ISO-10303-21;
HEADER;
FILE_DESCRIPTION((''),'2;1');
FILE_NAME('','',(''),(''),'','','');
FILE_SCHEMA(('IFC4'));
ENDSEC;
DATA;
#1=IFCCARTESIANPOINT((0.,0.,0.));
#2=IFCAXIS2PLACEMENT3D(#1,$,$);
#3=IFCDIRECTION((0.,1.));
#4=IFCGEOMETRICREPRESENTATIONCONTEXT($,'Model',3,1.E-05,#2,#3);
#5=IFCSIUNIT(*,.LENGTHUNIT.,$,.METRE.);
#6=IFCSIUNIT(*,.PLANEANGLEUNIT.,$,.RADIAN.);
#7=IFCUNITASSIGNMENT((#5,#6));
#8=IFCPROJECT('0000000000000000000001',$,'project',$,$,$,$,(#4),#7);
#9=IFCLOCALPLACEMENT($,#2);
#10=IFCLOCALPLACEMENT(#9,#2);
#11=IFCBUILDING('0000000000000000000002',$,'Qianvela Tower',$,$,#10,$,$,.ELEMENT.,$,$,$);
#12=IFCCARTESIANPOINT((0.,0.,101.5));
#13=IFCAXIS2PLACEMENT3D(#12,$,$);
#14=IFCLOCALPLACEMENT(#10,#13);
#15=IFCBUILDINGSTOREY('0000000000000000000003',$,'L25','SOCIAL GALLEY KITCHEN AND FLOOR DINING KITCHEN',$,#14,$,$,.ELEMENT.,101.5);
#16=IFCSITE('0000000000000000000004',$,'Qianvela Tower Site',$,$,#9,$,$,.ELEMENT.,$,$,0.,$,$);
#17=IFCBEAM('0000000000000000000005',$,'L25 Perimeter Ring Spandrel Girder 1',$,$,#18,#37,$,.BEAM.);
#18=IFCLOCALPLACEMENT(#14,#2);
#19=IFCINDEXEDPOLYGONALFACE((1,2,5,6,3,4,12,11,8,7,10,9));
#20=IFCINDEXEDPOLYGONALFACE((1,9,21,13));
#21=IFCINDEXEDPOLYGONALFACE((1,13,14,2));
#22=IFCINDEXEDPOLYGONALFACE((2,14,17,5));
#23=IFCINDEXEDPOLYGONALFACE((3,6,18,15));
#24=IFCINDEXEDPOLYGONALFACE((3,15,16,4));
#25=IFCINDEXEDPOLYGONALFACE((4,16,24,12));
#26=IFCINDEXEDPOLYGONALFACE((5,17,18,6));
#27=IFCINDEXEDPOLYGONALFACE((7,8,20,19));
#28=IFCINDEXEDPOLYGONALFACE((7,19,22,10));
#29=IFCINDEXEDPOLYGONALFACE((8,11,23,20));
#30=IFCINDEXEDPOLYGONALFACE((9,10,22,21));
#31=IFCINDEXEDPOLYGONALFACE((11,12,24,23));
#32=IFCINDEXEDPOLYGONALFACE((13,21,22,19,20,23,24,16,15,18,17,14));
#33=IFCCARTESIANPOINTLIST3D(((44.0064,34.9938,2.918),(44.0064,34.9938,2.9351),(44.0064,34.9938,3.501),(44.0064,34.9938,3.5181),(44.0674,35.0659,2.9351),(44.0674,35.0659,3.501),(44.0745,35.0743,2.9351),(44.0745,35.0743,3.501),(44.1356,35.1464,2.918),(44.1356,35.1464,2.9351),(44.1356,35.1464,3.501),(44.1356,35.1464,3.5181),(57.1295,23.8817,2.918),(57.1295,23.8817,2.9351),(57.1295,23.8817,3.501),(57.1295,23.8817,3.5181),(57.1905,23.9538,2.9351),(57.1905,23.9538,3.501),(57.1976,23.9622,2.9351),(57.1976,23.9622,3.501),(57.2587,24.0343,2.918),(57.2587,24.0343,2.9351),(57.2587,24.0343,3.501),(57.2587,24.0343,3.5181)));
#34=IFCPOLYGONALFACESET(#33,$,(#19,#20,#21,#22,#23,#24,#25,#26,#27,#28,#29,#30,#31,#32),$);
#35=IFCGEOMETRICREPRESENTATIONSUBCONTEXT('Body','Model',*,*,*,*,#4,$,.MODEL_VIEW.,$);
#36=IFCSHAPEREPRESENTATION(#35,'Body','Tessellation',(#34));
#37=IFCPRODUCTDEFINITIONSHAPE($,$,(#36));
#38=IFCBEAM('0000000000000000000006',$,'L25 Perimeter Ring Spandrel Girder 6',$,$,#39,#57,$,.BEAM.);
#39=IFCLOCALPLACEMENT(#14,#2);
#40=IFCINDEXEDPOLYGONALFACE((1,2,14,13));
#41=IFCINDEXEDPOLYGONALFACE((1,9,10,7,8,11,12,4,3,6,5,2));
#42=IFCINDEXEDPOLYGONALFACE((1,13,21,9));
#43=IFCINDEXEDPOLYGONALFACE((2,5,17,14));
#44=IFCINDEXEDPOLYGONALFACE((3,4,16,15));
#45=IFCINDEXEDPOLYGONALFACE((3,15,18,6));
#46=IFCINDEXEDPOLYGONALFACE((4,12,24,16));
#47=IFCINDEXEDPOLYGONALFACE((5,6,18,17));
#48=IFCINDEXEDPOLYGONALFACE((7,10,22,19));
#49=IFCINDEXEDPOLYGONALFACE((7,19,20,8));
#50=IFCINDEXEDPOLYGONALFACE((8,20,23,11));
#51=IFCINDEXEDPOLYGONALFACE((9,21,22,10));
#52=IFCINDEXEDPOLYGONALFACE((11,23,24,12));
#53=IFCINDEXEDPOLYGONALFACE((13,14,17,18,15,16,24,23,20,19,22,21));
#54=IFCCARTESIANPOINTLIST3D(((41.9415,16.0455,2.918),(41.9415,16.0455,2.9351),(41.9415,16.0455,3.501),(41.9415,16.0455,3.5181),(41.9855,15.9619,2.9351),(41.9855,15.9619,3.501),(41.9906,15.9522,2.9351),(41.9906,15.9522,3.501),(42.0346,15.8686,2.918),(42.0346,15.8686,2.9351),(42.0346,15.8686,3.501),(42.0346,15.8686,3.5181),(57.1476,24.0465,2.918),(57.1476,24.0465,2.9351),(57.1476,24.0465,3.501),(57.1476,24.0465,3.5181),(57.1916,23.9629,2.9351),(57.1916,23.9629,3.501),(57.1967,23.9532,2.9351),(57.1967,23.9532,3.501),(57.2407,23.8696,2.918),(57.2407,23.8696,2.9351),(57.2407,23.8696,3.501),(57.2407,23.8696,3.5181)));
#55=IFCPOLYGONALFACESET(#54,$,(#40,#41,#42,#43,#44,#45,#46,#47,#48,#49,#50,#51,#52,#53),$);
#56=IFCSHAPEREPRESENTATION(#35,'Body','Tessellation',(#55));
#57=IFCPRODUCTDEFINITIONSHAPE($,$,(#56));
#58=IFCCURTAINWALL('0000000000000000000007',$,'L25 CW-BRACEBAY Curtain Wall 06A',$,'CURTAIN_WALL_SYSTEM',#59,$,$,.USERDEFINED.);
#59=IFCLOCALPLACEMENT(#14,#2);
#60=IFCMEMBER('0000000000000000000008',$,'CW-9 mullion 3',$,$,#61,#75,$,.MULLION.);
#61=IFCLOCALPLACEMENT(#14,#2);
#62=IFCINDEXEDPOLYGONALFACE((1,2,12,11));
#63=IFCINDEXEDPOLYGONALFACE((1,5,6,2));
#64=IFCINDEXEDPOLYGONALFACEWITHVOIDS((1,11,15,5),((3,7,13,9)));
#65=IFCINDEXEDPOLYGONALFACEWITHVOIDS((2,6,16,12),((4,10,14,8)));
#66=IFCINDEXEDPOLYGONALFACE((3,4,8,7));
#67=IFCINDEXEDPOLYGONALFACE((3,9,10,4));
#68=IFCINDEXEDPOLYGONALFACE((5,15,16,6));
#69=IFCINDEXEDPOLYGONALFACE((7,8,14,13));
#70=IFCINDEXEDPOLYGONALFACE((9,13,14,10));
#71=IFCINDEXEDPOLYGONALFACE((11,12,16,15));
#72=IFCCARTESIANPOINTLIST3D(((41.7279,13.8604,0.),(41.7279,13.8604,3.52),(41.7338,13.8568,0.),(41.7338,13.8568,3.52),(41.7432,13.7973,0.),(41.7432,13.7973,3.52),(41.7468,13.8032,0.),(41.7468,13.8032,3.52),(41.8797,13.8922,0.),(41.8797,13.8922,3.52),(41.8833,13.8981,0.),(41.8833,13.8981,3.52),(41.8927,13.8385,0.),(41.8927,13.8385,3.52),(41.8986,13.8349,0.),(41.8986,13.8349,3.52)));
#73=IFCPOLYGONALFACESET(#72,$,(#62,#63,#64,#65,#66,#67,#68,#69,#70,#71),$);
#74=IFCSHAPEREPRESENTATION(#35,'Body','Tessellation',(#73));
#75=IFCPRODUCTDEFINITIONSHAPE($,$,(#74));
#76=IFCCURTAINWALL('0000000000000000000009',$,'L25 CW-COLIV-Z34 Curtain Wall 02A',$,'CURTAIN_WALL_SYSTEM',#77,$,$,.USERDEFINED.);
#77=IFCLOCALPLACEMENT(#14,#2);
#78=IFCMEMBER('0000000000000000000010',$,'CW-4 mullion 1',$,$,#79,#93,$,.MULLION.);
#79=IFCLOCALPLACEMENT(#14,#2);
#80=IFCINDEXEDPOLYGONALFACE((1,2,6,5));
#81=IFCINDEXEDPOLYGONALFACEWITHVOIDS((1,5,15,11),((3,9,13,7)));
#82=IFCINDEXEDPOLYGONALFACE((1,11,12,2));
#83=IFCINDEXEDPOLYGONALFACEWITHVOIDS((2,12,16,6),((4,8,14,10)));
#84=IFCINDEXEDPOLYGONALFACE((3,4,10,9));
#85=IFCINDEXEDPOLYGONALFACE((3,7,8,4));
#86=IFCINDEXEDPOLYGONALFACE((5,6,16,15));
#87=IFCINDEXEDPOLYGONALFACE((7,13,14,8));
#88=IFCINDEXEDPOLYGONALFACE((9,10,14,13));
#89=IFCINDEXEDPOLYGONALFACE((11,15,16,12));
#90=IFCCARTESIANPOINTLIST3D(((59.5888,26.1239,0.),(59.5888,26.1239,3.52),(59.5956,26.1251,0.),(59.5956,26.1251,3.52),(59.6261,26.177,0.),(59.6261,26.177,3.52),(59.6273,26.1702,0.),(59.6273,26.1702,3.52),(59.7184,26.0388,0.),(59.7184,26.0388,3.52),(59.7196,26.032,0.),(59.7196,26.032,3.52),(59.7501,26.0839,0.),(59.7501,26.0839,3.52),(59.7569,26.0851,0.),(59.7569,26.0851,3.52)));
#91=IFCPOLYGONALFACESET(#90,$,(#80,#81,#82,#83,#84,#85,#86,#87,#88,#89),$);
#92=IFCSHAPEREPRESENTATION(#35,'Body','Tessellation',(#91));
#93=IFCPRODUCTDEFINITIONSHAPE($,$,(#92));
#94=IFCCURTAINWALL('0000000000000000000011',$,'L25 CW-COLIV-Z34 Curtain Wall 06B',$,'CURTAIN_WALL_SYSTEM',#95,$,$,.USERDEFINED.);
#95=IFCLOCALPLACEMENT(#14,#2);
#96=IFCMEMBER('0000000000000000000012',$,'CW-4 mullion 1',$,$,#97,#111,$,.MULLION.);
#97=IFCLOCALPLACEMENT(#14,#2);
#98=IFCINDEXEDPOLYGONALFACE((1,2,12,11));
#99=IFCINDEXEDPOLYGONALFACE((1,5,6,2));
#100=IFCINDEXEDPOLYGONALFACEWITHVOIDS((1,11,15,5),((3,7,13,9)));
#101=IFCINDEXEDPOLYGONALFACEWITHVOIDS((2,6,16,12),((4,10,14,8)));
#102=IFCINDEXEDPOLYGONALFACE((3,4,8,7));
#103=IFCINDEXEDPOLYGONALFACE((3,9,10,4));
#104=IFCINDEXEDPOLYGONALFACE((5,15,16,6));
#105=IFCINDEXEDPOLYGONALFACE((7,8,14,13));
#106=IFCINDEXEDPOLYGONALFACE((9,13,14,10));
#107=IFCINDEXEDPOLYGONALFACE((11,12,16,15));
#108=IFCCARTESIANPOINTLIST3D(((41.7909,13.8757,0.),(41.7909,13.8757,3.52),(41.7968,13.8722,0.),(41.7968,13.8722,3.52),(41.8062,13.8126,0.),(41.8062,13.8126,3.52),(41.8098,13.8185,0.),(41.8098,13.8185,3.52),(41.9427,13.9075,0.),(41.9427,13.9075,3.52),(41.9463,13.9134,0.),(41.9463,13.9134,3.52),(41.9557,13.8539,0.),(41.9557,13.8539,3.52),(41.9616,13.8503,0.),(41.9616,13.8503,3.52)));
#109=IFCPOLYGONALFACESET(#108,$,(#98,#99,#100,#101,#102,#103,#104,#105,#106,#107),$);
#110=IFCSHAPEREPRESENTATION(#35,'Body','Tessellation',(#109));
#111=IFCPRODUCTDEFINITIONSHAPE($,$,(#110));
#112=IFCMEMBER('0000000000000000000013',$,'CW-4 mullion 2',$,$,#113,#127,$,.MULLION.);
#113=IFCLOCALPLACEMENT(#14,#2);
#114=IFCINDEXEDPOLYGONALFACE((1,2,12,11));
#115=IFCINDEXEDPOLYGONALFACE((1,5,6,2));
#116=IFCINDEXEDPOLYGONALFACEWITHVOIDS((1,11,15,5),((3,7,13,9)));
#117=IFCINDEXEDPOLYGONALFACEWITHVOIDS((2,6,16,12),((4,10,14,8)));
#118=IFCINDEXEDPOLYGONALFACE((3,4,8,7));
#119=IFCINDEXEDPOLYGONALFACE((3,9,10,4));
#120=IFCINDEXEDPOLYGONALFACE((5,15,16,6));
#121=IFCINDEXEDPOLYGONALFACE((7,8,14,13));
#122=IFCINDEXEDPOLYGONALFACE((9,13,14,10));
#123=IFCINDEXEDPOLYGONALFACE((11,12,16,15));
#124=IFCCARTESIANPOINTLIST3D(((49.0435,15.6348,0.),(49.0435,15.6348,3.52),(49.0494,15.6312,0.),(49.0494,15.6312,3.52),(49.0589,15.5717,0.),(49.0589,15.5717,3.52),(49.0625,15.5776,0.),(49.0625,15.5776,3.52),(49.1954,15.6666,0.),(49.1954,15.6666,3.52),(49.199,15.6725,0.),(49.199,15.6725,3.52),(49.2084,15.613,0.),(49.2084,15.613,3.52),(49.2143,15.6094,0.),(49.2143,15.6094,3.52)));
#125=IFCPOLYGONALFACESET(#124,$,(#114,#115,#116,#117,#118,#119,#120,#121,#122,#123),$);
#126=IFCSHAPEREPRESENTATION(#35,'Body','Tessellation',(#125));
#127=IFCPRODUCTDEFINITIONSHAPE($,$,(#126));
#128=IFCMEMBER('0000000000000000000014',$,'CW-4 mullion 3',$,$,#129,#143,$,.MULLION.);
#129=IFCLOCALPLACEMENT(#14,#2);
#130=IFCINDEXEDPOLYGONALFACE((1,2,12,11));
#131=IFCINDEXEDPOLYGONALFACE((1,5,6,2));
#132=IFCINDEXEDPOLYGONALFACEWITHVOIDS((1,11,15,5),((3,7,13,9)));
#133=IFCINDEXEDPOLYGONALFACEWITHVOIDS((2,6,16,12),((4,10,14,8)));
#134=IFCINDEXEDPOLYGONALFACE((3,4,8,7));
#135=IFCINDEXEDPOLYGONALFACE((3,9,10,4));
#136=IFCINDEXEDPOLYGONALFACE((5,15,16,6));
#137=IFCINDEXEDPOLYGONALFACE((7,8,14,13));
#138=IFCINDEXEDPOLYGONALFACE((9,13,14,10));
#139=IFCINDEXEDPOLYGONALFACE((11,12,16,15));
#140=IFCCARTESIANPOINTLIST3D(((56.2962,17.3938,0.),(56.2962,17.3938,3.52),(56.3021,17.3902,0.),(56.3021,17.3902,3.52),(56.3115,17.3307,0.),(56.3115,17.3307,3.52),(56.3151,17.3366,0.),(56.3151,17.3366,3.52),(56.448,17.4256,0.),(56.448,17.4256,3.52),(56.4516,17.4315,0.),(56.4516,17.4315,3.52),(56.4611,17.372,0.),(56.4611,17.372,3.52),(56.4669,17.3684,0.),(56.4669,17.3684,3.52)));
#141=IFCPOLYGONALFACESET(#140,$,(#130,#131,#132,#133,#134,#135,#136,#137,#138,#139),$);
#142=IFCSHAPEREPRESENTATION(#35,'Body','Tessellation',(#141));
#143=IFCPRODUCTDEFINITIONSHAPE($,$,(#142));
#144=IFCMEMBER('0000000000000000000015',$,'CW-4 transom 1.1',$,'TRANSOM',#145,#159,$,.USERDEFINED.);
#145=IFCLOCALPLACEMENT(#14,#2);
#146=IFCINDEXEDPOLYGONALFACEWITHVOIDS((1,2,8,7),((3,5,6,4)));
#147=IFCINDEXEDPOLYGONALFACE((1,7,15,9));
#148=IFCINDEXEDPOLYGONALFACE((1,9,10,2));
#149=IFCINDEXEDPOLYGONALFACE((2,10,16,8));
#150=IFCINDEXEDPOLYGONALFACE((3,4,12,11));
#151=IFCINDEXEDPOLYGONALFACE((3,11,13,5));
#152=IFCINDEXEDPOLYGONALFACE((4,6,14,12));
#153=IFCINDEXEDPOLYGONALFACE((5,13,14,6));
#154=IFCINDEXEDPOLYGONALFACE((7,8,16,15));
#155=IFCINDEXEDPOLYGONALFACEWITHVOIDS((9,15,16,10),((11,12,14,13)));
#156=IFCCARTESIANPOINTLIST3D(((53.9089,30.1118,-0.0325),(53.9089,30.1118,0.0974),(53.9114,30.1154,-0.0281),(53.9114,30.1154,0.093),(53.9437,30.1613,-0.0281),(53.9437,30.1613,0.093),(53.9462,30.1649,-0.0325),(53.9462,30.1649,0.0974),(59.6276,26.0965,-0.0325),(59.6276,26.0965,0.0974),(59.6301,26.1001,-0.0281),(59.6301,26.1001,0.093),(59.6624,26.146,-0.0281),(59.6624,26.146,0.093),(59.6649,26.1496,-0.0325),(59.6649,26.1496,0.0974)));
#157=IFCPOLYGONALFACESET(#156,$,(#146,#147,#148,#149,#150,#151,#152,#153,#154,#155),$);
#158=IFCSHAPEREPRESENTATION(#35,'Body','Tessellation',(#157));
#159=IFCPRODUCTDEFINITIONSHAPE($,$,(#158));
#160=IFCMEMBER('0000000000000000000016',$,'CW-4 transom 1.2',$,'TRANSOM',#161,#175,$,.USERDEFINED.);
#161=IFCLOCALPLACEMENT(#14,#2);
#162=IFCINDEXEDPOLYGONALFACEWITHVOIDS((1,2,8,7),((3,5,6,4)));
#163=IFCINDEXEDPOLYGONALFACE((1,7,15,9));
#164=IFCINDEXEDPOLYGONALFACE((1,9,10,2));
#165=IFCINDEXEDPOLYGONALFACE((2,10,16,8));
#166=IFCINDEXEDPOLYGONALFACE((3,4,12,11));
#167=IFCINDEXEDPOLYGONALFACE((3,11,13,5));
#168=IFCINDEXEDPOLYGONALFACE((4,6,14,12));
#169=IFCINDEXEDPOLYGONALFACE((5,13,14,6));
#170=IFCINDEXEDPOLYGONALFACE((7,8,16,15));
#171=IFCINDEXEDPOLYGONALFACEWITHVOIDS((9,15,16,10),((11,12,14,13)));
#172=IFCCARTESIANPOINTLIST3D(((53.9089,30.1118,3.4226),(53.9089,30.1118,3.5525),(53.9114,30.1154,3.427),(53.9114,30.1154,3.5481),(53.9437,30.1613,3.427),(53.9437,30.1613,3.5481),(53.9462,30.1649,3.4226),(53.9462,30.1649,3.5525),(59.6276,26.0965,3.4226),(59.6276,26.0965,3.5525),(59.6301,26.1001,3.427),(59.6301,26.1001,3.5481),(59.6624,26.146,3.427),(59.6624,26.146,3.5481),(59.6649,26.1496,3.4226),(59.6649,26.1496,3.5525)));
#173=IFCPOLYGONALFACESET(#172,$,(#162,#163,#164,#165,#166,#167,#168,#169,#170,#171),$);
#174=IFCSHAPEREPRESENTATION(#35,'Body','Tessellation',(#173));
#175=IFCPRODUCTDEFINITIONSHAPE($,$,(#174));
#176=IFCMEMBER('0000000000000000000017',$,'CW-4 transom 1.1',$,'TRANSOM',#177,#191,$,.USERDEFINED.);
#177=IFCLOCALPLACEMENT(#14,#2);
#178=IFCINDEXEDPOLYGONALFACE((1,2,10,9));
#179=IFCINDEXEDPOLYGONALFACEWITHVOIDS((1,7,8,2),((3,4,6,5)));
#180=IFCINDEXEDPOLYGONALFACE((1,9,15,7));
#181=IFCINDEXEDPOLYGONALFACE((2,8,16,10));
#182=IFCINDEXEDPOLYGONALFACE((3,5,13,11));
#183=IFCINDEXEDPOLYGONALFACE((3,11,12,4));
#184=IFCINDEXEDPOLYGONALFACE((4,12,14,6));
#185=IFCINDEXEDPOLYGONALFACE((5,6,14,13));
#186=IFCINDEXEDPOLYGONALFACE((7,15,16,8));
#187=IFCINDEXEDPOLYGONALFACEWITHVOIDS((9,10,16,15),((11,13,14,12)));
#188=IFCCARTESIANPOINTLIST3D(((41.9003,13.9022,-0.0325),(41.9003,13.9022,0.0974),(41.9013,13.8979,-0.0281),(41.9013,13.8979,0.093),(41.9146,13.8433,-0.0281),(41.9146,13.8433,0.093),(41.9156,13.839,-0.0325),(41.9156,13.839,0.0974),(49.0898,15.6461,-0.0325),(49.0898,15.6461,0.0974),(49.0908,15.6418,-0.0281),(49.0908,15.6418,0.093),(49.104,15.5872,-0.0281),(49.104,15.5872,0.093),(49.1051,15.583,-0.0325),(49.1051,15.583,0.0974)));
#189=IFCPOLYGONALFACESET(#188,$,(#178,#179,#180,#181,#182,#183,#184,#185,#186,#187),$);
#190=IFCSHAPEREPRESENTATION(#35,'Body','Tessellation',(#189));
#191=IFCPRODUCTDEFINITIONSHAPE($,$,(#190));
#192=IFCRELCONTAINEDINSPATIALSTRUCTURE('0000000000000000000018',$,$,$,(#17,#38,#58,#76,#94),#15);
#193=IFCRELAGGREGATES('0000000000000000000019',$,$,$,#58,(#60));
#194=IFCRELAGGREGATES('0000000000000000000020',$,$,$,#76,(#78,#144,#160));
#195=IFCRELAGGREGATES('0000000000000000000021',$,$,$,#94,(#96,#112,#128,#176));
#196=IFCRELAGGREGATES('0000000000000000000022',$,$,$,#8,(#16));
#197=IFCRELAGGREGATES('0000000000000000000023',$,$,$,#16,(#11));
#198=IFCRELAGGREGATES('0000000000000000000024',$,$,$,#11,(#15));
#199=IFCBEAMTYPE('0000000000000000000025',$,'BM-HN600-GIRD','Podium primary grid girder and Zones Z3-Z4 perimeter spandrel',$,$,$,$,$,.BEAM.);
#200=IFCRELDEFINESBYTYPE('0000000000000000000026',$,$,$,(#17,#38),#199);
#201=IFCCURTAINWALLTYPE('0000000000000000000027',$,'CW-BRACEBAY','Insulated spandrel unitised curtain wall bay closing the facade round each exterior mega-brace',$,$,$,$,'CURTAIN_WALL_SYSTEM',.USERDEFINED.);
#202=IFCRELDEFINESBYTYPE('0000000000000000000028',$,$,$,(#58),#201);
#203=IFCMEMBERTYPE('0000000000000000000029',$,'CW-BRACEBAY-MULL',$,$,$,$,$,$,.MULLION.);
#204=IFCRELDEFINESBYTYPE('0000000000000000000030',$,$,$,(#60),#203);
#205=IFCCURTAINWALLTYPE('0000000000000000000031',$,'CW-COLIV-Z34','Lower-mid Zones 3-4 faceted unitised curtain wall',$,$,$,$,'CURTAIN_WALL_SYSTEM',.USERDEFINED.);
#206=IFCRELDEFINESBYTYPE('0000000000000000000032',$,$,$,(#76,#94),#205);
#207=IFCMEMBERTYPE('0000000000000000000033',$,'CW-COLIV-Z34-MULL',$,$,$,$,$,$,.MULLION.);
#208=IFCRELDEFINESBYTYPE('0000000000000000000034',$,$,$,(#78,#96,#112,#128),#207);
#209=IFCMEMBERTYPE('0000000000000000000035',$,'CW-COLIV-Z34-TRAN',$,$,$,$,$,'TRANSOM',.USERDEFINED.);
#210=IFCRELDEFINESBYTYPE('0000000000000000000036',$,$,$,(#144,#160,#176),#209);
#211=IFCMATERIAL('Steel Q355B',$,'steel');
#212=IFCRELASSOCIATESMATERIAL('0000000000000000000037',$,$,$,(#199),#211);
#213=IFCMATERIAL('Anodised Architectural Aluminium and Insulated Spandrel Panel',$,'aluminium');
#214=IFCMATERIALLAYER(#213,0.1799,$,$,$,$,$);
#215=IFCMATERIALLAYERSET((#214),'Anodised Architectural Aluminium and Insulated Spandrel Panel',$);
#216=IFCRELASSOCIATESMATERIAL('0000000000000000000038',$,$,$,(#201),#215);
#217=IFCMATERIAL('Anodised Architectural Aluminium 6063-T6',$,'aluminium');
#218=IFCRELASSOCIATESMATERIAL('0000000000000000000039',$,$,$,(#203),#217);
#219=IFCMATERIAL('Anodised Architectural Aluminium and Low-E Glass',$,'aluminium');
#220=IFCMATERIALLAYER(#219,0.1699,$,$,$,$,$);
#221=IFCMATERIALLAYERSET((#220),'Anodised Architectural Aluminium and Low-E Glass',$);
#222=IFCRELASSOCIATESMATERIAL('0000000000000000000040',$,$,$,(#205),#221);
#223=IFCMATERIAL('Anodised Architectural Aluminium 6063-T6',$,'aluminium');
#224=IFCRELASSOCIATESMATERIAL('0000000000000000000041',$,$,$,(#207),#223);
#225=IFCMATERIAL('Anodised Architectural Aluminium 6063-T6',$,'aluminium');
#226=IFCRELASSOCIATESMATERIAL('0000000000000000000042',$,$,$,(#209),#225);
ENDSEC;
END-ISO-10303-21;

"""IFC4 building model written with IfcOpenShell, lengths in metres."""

from ifc_helpers import new_model, si_unit, direction, frame, origin, origin_2d, place, context, subcontext, project, spatial, hollow_rectangle, i_section, extrude, material, layer, layer_set, material_profile, profile_set, type_object, element, aggregate, save


model = new_model("IFC4")

# Units and contexts
model_context = context("Model", 3, precision=1e-05, world=origin(), true_north=direction((0.0, 1.0)))
body_context = subcontext(model_context, "Body", "Model", "MODEL_VIEW")
ifc_project = project(units=[si_unit("LENGTHUNIT", "METRE"), si_unit("PLANEANGLEUNIT", "RADIAN")], contexts=[model_context])

# Site, building, storey
site_placement = place(None, origin())
site = spatial("IfcSite", under=ifc_project, at=site_placement, Name="Qianvela Tower Site", CompositionType="ELEMENT", RefElevation=0.0)
building_placement = place(site_placement, origin())
building = spatial("IfcBuilding", under=site, at=building_placement, Name="Qianvela Tower", CompositionType="ELEMENT")
storey_placement = place(building_placement, frame((0.0, 0.0, 101.5)))
storey = spatial("IfcBuildingStorey", under=building, at=storey_placement, Name="L25", Description="SOCIAL GALLEY KITCHEN AND FLOOR DINING KITCHEN", CompositionType="ELEMENT", Elevation=101.5)

# Beams
ifc_material_1 = material(Name="Steel Q355B", Category="steel")
ifc_material_profile_1 = material_profile(ifc_material_1, i_section(OverallWidth=0.2, OverallDepth=0.6001, WebThickness=0.011, FlangeThickness=0.0171, at=origin_2d()), Name="HN600x200x11x17")
ifc_profile_set_1 = profile_set([ifc_material_profile_1], Name="Steel Q355B")
beam_type = type_object("IfcBeamType", Name="BM-HN600-GIRD", Description="Podium primary grid girder and Zones Z3-Z4 perimeter spandrel", PredefinedType="BEAM", material=ifc_profile_set_1)
beam_1_placement = place(storey_placement, frame((57.1941, 23.958, 3.218), z_axis=(-0.763158, 0.646211, 0.0), x_axis=(-0.646211, -0.763158, 0.0)))
element("IfcBeam", 1, at=beam_1_placement, inside=storey, type_object=beam_type, Name="L25 Perimeter Ring Spandrel Girder 1", PredefinedType="BEAM", context=body_context, shape_type="SweptSolid", body=[
    extrude(i_section(OverallWidth=0.2, OverallDepth=0.6001, WebThickness=0.011, FlangeThickness=0.0171, at=origin_2d()), origin(), (0.0, 0.0, 1.0), 17.1958),
])
beam_2_placement = place(storey_placement, frame((41.988, 15.957, 3.218), z_axis=(0.884971, 0.465646, 0.0), x_axis=(-0.465646, 0.884971, 0.0)))
element("IfcBeam", 2, at=beam_2_placement, inside=storey, type_object=beam_type, Name="L25 Perimeter Ring Spandrel Girder 6", PredefinedType="BEAM", context=body_context, shape_type="SweptSolid", body=[
    extrude(i_section(OverallWidth=0.2, OverallDepth=0.6001, WebThickness=0.011, FlangeThickness=0.0171, at=origin_2d()), origin(), (0.0, 0.0, 1.0), 17.1826),
])

# Curtain walls, members
ifc_material_2 = material(Name="Anodised Architectural Aluminium and Insulated Spandrel Panel", Category="aluminium")
ifc_layer_1 = layer(ifc_material_2, 0.1799)
ifc_layer_set_1 = layer_set([ifc_layer_1], Name="Anodised Architectural Aluminium and Insulated Spandrel Panel")
curtain_wall_type_1 = type_object("IfcCurtainWallType", Name="CW-BRACEBAY", Description="Insulated spandrel unitised curtain wall bay closing the facade round each exterior mega-brace", ElementType="CURTAIN_WALL_SYSTEM", PredefinedType="USERDEFINED", material=ifc_layer_set_1)
curtain_wall_1_placement = place(storey_placement, origin())
curtain_wall_1 = element("IfcCurtainWall", 3, at=curtain_wall_1_placement, inside=storey, type_object=curtain_wall_type_1, Name="L25 CW-BRACEBAY Curtain Wall 06A", ObjectType="CURTAIN_WALL_SYSTEM", PredefinedType="USERDEFINED")
ifc_material_3 = material(Name="Anodised Architectural Aluminium 6063-T6", Category="aluminium")
ifc_material_profile_2 = material_profile(ifc_material_3, hollow_rectangle(XDim=0.0649, YDim=0.1599, WallThickness=0.0049, at=origin_2d()), Name="ALU-MULL-65x160")
ifc_profile_set_2 = profile_set([ifc_material_profile_2], Name="Anodised Architectural Aluminium 6063-T6")
member_type_1 = type_object("IfcMemberType", Name="CW-BRACEBAY-MULL", PredefinedType="MULLION", material=ifc_profile_set_2)
member_1_placement = place(storey_placement, frame((41.8132, 13.8477, 0.0), z_axis=(0.0, 0.0, 1.0), x_axis=(-0.235701, 0.971826, 0.0)))
member_1 = element("IfcMember", 4, at=member_1_placement, type_object=member_type_1, Name="CW-9 mullion 3", PredefinedType="MULLION", context=body_context, shape_type="SweptSolid", body=[
    extrude(hollow_rectangle(XDim=0.0649, YDim=0.1599, WallThickness=0.0049, at=origin_2d()), origin(), (0.0, 0.0, 1.0), 3.52),
])
aggregate(curtain_wall_1, [member_1])
ifc_material_4 = material(Name="Anodised Architectural Aluminium and Low-E Glass", Category="aluminium")
ifc_layer_2 = layer(ifc_material_4, 0.1699)
ifc_layer_set_2 = layer_set([ifc_layer_2], Name="Anodised Architectural Aluminium and Low-E Glass")
curtain_wall_type_2 = type_object("IfcCurtainWallType", Name="CW-COLIV-Z34", Description="Lower-mid Zones 3-4 faceted unitised curtain wall", ElementType="CURTAIN_WALL_SYSTEM", PredefinedType="USERDEFINED", material=ifc_layer_set_2)
curtain_wall_2_placement = place(storey_placement, origin())
curtain_wall_2 = element("IfcCurtainWall", 5, at=curtain_wall_2_placement, inside=storey, type_object=curtain_wall_type_2, Name="L25 CW-COLIV-Z34 Curtain Wall 02A", ObjectType="CURTAIN_WALL_SYSTEM", PredefinedType="USERDEFINED")
ifc_material_5 = material(Name="Anodised Architectural Aluminium 6063-T6", Category="aluminium")
ifc_material_profile_3 = material_profile(ifc_material_5, hollow_rectangle(XDim=0.0649, YDim=0.1599, WallThickness=0.0049, at=origin_2d()), Name="ALU-MULL-65x160")
ifc_profile_set_3 = profile_set([ifc_material_profile_3], Name="Anodised Architectural Aluminium 6063-T6")
member_type_2 = type_object("IfcMemberType", Name="CW-COLIV-Z34-MULL", PredefinedType="MULLION", material=ifc_profile_set_3)
member_2_placement = place(storey_placement, frame((59.6729, 26.1045, 0.0), z_axis=(0.0, 0.0, 1.0), x_axis=(-0.574622, -0.818419, 0.0)))
member_2 = element("IfcMember", 6, at=member_2_placement, type_object=member_type_2, Name="CW-4 mullion 1", PredefinedType="MULLION", context=body_context, shape_type="SweptSolid", body=[
    extrude(hollow_rectangle(XDim=0.0649, YDim=0.1599, WallThickness=0.0049, at=origin_2d()), origin(), (0.0, 0.0, 1.0), 3.52),
])

# Curtain wall, members
curtain_wall_3_placement = place(storey_placement, origin())
curtain_wall_3 = element("IfcCurtainWall", 7, at=curtain_wall_3_placement, inside=storey, type_object=curtain_wall_type_2, Name="L25 CW-COLIV-Z34 Curtain Wall 06B", ObjectType="CURTAIN_WALL_SYSTEM", PredefinedType="USERDEFINED")
member_3_placement = place(storey_placement, frame((41.8762, 13.863, 0.0), z_axis=(0.0, 0.0, 1.0), x_axis=(-0.235704, 0.971825, 0.0)))
member_3 = element("IfcMember", 8, at=member_3_placement, type_object=member_type_2, Name="CW-4 mullion 1", PredefinedType="MULLION", context=body_context, shape_type="SweptSolid", body=[
    extrude(hollow_rectangle(XDim=0.0649, YDim=0.1599, WallThickness=0.0049, at=origin_2d()), origin(), (0.0, 0.0, 1.0), 3.52),
])
member_4_placement = place(storey_placement, frame((49.1289, 15.6221, 0.0), z_axis=(0.0, 0.0, 1.0), x_axis=(-0.235704, 0.971825, 0.0)))
member_4 = element("IfcMember", 9, at=member_4_placement, type_object=member_type_2, Name="CW-4 mullion 2", PredefinedType="MULLION", context=body_context, shape_type="SweptSolid", body=[
    extrude(hollow_rectangle(XDim=0.0649, YDim=0.1599, WallThickness=0.0049, at=origin_2d()), origin(), (0.0, 0.0, 1.0), 3.52),
])
member_5_placement = place(storey_placement, frame((56.3816, 17.3811, 0.0), z_axis=(0.0, 0.0, 1.0), x_axis=(-0.235704, 0.971825, 0.0)))
member_5 = element("IfcMember", 10, at=member_5_placement, type_object=member_type_2, Name="CW-4 mullion 3", PredefinedType="MULLION", context=body_context, shape_type="SweptSolid", body=[
    extrude(hollow_rectangle(XDim=0.0649, YDim=0.1599, WallThickness=0.0049, at=origin_2d()), origin(), (0.0, 0.0, 1.0), 3.52),
])

# Members
ifc_material_6 = material(Name="Anodised Architectural Aluminium 6063-T6", Category="aluminium")
ifc_material_profile_4 = material_profile(ifc_material_6, hollow_rectangle(XDim=0.0649, YDim=0.1299, WallThickness=0.0044, at=origin_2d()), Name="ALU-TRAN-65x130")
ifc_profile_set_4 = profile_set([ifc_material_profile_4], Name="Anodised Architectural Aluminium 6063-T6")
member_type_3 = type_object("IfcMemberType", Name="CW-COLIV-Z34-TRAN", ElementType="TRANSOM", PredefinedType="USERDEFINED", material=ifc_profile_set_4)
member_6_placement = place(storey_placement, frame((59.6462, 26.123, 0.0325), z_axis=(-0.818407, 0.574639, 0.0), x_axis=(-0.574639, -0.818407, 0.0)))
member_6 = element("IfcMember", 11, at=member_6_placement, type_object=member_type_3, Name="CW-4 transom 1.1", ObjectType="TRANSOM", PredefinedType="USERDEFINED", context=body_context, shape_type="SweptSolid", body=[
    extrude(hollow_rectangle(XDim=0.0649, YDim=0.1299, WallThickness=0.0044, at=origin_2d()), origin(), (0.0, 0.0, 1.0), 6.9875),
])
member_7_placement = place(storey_placement, frame((59.6462, 26.123, 3.4875), z_axis=(-0.818407, 0.574639, 0.0), x_axis=(-0.574639, -0.818407, 0.0)))
member_7 = element("IfcMember", 12, at=member_7_placement, type_object=member_type_3, Name="CW-4 transom 1.2", ObjectType="TRANSOM", PredefinedType="USERDEFINED", context=body_context, shape_type="SweptSolid", body=[
    extrude(hollow_rectangle(XDim=0.0649, YDim=0.1299, WallThickness=0.0044, at=origin_2d()), origin(), (0.0, 0.0, 1.0), 6.9875),
])
aggregate(curtain_wall_2, [member_2, member_6, member_7])
member_8_placement = place(storey_placement, frame((41.908, 13.8706, 0.0325), z_axis=(0.971819, 0.235728, 0.0), x_axis=(-0.235728, 0.971819, 0.0)))
member_8 = element("IfcMember", 13, at=member_8_placement, type_object=member_type_3, Name="CW-4 transom 1.1", ObjectType="TRANSOM", PredefinedType="USERDEFINED", context=body_context, shape_type="SweptSolid", body=[
    extrude(hollow_rectangle(XDim=0.0649, YDim=0.1299, WallThickness=0.0044, at=origin_2d()), origin(), (0.0, 0.0, 1.0), 7.3979),
])

aggregate(curtain_wall_3, [member_3, member_4, member_5, member_8])

save(model, "model.ifc")
